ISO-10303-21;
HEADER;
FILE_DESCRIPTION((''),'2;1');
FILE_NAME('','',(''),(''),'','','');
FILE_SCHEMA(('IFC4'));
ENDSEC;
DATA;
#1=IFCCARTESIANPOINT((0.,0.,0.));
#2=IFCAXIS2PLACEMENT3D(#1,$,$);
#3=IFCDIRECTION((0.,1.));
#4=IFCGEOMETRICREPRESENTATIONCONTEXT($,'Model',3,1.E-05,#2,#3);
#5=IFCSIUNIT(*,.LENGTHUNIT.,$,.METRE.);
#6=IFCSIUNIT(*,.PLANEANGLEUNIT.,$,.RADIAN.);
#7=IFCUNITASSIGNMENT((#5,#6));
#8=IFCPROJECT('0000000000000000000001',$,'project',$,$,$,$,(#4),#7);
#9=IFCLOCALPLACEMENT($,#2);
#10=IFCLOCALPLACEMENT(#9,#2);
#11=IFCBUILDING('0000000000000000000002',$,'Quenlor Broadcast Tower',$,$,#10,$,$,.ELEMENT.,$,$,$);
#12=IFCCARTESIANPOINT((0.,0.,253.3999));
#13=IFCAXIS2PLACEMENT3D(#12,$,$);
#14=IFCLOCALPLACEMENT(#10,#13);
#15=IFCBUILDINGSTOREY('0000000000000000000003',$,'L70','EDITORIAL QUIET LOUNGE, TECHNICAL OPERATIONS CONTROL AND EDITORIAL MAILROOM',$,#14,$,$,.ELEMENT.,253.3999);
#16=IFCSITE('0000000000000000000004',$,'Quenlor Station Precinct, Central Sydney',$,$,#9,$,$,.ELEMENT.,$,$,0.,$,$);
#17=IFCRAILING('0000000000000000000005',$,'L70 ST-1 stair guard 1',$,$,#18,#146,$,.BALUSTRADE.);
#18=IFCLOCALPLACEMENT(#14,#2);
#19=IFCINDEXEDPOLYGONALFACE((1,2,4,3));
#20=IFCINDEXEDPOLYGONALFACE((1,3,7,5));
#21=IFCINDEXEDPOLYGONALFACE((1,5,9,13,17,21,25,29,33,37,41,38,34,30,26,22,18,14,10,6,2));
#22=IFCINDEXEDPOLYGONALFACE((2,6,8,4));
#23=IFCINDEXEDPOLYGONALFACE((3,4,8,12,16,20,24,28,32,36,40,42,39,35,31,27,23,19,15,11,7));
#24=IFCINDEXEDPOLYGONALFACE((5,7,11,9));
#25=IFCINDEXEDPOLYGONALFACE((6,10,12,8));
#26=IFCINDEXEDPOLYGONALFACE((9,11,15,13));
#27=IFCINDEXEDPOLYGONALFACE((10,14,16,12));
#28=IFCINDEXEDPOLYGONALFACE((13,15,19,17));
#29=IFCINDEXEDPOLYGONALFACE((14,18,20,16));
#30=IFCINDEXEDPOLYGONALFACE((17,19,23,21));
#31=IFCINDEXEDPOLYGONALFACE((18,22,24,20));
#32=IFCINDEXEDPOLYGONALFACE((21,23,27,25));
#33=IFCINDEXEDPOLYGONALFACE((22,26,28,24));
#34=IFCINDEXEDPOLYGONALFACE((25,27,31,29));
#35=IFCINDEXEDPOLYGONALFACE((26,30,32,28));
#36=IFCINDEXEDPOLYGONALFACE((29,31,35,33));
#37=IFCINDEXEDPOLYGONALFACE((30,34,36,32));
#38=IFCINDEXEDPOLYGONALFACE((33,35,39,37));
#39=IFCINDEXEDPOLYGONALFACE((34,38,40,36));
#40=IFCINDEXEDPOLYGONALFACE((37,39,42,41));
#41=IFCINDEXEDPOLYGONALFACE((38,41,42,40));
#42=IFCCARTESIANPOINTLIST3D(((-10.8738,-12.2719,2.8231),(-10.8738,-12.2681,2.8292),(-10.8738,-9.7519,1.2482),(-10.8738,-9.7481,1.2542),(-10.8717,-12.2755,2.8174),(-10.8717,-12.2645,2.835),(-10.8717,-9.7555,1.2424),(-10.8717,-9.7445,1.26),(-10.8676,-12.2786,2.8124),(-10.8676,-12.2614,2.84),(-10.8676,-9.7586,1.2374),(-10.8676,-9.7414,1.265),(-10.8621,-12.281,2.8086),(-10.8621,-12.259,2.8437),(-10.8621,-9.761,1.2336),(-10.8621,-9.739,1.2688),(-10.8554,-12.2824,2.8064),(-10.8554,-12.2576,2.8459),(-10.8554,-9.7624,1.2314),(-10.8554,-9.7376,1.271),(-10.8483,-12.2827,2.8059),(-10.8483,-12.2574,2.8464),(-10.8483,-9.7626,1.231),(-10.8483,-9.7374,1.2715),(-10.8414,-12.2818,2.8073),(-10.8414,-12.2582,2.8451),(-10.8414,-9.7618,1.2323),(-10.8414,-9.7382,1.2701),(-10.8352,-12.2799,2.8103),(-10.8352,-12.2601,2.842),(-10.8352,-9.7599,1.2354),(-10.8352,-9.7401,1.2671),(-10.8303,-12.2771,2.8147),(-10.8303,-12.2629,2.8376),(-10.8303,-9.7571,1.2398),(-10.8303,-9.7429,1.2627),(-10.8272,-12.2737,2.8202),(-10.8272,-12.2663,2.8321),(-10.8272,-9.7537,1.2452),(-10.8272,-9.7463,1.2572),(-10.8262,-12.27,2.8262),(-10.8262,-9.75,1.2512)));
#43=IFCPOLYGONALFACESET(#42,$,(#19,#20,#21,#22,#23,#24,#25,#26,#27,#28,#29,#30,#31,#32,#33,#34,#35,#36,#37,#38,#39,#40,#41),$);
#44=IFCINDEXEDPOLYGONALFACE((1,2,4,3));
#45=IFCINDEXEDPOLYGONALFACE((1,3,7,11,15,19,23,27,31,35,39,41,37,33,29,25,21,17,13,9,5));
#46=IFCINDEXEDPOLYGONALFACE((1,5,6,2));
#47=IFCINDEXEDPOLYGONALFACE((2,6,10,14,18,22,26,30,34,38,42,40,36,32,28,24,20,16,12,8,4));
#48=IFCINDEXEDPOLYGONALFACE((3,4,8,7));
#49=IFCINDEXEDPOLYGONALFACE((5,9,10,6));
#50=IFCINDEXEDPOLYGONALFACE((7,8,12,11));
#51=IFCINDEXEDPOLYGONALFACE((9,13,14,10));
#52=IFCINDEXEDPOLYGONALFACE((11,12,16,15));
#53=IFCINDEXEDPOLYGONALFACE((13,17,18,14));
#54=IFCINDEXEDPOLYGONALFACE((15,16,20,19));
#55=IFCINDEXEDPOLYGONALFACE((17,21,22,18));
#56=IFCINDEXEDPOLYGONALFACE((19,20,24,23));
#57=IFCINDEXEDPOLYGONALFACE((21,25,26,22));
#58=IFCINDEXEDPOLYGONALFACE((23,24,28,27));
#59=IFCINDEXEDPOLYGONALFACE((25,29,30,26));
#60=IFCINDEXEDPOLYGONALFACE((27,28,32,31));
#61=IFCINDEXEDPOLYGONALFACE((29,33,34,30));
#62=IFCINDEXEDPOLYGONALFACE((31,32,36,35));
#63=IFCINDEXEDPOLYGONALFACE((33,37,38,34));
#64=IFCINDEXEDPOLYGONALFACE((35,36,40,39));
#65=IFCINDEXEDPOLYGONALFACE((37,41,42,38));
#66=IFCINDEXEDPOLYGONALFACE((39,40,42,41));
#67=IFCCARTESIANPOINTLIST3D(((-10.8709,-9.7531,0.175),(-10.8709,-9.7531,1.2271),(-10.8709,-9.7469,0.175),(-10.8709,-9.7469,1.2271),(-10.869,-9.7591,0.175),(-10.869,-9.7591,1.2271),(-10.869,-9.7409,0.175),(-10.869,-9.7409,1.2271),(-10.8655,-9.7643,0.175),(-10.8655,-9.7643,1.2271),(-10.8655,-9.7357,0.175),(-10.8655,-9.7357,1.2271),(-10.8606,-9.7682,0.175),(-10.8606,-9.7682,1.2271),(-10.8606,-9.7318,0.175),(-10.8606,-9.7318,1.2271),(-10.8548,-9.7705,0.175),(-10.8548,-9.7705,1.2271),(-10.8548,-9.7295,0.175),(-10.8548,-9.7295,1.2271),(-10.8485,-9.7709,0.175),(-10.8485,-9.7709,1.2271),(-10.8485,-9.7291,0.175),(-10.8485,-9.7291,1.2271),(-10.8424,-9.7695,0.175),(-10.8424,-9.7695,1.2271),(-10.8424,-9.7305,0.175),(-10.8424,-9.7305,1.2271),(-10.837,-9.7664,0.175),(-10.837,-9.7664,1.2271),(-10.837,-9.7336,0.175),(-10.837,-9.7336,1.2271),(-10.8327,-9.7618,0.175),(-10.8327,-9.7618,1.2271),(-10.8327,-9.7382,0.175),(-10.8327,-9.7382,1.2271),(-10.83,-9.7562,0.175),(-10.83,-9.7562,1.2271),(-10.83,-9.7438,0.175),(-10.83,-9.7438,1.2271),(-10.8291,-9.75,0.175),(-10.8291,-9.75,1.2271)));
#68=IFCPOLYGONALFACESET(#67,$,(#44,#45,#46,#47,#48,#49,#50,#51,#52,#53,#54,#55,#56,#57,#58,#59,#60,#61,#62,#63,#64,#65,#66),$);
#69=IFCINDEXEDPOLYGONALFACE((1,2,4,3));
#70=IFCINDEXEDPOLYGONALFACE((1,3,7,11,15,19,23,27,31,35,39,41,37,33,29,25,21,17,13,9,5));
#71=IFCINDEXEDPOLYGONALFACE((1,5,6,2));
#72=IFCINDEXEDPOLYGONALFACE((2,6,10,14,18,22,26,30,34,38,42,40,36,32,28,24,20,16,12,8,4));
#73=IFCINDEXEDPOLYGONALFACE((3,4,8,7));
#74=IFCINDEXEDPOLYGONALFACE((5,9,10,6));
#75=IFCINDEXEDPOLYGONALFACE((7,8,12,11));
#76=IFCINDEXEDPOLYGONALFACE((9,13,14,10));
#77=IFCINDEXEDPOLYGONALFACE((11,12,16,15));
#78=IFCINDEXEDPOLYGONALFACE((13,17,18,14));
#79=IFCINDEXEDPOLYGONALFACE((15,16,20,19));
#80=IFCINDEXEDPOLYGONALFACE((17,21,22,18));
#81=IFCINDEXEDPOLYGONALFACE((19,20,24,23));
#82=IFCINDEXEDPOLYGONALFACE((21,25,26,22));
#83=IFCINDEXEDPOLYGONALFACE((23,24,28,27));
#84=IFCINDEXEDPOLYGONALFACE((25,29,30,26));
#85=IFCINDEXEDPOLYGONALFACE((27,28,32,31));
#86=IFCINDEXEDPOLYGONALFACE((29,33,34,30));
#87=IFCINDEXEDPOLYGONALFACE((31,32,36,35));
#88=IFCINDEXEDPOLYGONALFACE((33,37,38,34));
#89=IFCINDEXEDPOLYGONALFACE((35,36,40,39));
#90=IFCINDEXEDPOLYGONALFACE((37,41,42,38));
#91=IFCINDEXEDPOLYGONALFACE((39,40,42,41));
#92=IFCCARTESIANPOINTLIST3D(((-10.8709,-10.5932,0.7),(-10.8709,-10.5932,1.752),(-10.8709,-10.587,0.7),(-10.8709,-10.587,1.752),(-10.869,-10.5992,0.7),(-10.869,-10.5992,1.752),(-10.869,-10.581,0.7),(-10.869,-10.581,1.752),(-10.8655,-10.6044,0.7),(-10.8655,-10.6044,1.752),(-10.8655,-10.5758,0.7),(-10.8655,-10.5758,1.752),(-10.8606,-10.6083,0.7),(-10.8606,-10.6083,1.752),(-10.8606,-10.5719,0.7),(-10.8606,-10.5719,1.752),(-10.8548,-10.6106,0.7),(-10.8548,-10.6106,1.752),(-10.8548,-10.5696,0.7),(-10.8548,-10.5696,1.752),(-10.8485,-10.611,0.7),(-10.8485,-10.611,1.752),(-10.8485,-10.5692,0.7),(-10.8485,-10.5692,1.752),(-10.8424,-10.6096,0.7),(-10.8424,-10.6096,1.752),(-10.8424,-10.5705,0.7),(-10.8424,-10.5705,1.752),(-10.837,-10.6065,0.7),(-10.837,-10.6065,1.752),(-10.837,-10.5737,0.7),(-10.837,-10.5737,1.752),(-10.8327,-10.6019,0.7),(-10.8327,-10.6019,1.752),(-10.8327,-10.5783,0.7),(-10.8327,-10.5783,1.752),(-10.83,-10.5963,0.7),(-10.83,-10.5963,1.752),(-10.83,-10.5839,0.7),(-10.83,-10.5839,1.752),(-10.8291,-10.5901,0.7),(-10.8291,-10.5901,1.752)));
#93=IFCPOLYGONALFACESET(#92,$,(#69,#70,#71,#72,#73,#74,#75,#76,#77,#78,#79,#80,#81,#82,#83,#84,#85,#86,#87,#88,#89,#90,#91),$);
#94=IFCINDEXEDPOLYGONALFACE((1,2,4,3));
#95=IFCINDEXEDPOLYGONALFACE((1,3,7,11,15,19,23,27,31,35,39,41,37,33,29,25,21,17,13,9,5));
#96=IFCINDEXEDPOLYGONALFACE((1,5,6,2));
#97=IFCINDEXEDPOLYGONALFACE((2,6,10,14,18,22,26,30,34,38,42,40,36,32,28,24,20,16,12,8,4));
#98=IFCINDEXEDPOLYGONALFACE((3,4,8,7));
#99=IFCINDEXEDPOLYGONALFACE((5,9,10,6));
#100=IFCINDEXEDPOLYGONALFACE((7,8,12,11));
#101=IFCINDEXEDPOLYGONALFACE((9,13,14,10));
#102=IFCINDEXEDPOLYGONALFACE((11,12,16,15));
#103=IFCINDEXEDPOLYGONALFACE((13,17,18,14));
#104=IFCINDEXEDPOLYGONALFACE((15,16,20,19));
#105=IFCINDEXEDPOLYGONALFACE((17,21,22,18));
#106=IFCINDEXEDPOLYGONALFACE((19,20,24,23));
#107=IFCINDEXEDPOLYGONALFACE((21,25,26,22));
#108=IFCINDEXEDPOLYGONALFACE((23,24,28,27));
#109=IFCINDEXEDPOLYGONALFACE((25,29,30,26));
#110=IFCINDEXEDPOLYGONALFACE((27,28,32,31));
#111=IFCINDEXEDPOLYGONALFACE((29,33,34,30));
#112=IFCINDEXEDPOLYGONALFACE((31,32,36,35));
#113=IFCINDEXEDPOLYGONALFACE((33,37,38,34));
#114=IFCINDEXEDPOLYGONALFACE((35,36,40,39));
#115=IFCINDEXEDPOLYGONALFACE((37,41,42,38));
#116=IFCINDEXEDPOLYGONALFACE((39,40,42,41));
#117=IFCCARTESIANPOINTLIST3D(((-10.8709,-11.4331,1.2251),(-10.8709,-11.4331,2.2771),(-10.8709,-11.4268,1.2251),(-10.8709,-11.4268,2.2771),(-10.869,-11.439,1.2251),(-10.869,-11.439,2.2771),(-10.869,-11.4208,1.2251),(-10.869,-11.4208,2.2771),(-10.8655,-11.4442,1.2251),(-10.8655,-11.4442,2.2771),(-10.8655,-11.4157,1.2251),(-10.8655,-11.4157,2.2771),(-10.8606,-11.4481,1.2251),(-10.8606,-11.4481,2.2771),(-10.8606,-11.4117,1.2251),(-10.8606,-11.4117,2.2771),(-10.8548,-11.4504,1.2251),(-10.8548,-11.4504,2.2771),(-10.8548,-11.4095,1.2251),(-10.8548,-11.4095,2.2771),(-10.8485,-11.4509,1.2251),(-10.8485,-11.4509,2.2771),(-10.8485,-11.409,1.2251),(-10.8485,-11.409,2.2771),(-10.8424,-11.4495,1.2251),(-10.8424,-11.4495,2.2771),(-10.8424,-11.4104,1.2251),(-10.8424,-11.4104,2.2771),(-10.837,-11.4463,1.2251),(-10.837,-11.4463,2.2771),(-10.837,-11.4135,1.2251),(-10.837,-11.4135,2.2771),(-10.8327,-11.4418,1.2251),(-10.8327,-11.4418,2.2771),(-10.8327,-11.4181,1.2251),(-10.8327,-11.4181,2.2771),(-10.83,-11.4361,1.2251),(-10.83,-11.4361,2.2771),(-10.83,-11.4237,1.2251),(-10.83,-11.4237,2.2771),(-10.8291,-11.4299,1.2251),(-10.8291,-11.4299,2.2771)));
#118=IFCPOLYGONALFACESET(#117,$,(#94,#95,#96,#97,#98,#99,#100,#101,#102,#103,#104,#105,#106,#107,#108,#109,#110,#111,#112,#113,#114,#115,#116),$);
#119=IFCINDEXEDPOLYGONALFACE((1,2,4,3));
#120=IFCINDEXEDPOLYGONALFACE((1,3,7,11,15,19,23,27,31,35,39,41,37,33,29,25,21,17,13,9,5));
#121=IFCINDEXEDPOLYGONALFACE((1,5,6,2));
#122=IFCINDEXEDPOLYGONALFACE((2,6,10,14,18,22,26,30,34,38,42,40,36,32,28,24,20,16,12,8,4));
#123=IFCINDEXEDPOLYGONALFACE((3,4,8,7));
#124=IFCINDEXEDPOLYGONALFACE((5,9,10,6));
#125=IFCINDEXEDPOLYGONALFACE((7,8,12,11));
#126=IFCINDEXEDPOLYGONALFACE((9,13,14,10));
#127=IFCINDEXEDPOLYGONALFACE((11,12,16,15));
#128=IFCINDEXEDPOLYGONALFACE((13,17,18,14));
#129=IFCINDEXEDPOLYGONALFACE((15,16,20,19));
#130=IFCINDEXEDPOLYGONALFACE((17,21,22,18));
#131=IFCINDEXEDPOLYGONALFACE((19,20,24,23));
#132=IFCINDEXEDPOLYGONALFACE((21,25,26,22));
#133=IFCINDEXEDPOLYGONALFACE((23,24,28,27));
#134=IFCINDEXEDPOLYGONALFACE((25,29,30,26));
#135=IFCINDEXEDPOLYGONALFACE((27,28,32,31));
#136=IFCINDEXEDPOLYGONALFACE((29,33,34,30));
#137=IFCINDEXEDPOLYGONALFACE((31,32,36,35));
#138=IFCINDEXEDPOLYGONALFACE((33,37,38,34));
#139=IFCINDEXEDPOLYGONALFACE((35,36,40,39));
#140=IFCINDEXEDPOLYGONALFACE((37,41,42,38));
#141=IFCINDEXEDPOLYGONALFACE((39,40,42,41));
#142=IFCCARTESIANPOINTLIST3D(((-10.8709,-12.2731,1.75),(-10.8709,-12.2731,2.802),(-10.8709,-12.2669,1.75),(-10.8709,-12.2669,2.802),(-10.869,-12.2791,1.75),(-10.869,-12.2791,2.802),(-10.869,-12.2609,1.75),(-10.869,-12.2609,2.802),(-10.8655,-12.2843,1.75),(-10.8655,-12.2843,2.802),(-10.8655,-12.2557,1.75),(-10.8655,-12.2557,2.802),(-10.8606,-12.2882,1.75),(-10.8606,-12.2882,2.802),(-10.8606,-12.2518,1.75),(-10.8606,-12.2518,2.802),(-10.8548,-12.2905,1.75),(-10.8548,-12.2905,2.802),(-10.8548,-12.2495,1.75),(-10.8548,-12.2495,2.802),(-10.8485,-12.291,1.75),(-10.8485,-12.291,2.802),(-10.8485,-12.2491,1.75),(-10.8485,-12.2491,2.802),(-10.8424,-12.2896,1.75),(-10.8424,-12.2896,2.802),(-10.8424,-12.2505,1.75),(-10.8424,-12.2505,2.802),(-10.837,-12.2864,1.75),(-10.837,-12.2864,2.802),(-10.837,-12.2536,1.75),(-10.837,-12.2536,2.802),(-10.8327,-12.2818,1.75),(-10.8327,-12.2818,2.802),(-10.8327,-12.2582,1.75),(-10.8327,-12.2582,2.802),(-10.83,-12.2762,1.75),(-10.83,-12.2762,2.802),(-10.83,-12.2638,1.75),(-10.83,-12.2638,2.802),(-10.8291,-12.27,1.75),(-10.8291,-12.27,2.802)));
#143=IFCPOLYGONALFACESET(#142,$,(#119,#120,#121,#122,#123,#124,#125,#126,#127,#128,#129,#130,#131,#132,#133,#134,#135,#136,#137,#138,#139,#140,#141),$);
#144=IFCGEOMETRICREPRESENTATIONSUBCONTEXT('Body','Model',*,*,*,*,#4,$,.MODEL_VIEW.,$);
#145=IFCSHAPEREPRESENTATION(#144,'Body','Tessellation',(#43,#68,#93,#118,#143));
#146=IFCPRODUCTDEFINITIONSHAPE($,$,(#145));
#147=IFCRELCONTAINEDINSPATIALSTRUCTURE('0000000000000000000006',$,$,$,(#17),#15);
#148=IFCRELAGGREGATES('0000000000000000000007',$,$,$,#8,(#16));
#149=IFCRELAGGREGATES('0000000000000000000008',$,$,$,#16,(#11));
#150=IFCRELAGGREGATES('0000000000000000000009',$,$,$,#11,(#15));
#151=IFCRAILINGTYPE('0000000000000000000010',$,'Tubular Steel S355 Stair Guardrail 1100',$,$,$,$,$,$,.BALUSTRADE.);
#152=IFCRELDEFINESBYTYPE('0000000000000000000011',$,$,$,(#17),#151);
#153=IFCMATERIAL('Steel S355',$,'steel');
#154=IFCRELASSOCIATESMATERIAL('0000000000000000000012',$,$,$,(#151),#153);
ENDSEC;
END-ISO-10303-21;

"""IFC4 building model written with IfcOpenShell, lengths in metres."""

from ifc_helpers import new_model, si_unit, direction, frame, origin, origin_2d, place, context, subcontext, project, spatial, circle, extrude, material, type_object, element, save


model = new_model("IFC4")

# Units and contexts
model_context = context("Model", 3, precision=1e-05, world=origin(), true_north=direction((0.0, 1.0)))
body_context = subcontext(model_context, "Body", "Model", "MODEL_VIEW")
ifc_project = project(units=[si_unit("LENGTHUNIT", "METRE"), si_unit("PLANEANGLEUNIT", "RADIAN")], contexts=[model_context])

# Site, building, storey
site_placement = place(None, origin())
site = spatial("IfcSite", under=ifc_project, at=site_placement, Name="Quenlor Station Precinct, Central Sydney", CompositionType="ELEMENT", RefElevation=0.0)
building_placement = place(site_placement, origin())
building = spatial("IfcBuilding", under=site, at=building_placement, Name="Quenlor Broadcast Tower", CompositionType="ELEMENT")
storey_placement = place(building_placement, frame((0.0, 0.0, 253.3999)))
storey = spatial("IfcBuildingStorey", under=building, at=storey_placement, Name="L70", Description="EDITORIAL QUIET LOUNGE, TECHNICAL OPERATIONS CONTROL AND EDITORIAL MAILROOM", CompositionType="ELEMENT", Elevation=253.3999)

# Railing
ifc_material_1 = material(Name="Steel S355", Category="steel")
railing_type_1 = type_object("IfcRailingType", Name="Tubular Steel S355 Stair Guardrail 1100", PredefinedType="BALUSTRADE", material=ifc_material_1)
railing_1_placement = place(storey_placement, frame((-10.8501, -9.75, 0.175)))
element("IfcRailing", 1, at=railing_1_placement, inside=storey, type_object=railing_type_1, Name="L70 ST-1 stair guard 1", PredefinedType="BALUSTRADE", context=body_context, shape_type="SweptSolid", body=[
    extrude(circle(Radius=0.0239, at=origin_2d()), frame((0.0, 0.0, 1.0762), z_axis=(0.0, -0.848008, 0.529984), x_axis=(1.0, 0.0, 0.0)), (0.0, 0.0, 1.0), 2.9717),
    extrude(circle(Radius=0.021, at=origin_2d()), origin(), (0.0, 0.0, 1.0), 1.052),
    extrude(circle(Radius=0.021, at=origin_2d()), frame((0.0, -0.8401, 0.5249)), (0.0, 0.0, 1.0), 1.052),
    extrude(circle(Radius=0.021, at=origin_2d()), frame((0.0, -1.6799, 1.05)), (0.0, 0.0, 1.0), 1.052),
    extrude(circle(Radius=0.021, at=origin_2d()), frame((0.0, -2.52, 1.575)), (0.0, 0.0, 1.0), 1.052),
])

save(model, "model.ifc")
